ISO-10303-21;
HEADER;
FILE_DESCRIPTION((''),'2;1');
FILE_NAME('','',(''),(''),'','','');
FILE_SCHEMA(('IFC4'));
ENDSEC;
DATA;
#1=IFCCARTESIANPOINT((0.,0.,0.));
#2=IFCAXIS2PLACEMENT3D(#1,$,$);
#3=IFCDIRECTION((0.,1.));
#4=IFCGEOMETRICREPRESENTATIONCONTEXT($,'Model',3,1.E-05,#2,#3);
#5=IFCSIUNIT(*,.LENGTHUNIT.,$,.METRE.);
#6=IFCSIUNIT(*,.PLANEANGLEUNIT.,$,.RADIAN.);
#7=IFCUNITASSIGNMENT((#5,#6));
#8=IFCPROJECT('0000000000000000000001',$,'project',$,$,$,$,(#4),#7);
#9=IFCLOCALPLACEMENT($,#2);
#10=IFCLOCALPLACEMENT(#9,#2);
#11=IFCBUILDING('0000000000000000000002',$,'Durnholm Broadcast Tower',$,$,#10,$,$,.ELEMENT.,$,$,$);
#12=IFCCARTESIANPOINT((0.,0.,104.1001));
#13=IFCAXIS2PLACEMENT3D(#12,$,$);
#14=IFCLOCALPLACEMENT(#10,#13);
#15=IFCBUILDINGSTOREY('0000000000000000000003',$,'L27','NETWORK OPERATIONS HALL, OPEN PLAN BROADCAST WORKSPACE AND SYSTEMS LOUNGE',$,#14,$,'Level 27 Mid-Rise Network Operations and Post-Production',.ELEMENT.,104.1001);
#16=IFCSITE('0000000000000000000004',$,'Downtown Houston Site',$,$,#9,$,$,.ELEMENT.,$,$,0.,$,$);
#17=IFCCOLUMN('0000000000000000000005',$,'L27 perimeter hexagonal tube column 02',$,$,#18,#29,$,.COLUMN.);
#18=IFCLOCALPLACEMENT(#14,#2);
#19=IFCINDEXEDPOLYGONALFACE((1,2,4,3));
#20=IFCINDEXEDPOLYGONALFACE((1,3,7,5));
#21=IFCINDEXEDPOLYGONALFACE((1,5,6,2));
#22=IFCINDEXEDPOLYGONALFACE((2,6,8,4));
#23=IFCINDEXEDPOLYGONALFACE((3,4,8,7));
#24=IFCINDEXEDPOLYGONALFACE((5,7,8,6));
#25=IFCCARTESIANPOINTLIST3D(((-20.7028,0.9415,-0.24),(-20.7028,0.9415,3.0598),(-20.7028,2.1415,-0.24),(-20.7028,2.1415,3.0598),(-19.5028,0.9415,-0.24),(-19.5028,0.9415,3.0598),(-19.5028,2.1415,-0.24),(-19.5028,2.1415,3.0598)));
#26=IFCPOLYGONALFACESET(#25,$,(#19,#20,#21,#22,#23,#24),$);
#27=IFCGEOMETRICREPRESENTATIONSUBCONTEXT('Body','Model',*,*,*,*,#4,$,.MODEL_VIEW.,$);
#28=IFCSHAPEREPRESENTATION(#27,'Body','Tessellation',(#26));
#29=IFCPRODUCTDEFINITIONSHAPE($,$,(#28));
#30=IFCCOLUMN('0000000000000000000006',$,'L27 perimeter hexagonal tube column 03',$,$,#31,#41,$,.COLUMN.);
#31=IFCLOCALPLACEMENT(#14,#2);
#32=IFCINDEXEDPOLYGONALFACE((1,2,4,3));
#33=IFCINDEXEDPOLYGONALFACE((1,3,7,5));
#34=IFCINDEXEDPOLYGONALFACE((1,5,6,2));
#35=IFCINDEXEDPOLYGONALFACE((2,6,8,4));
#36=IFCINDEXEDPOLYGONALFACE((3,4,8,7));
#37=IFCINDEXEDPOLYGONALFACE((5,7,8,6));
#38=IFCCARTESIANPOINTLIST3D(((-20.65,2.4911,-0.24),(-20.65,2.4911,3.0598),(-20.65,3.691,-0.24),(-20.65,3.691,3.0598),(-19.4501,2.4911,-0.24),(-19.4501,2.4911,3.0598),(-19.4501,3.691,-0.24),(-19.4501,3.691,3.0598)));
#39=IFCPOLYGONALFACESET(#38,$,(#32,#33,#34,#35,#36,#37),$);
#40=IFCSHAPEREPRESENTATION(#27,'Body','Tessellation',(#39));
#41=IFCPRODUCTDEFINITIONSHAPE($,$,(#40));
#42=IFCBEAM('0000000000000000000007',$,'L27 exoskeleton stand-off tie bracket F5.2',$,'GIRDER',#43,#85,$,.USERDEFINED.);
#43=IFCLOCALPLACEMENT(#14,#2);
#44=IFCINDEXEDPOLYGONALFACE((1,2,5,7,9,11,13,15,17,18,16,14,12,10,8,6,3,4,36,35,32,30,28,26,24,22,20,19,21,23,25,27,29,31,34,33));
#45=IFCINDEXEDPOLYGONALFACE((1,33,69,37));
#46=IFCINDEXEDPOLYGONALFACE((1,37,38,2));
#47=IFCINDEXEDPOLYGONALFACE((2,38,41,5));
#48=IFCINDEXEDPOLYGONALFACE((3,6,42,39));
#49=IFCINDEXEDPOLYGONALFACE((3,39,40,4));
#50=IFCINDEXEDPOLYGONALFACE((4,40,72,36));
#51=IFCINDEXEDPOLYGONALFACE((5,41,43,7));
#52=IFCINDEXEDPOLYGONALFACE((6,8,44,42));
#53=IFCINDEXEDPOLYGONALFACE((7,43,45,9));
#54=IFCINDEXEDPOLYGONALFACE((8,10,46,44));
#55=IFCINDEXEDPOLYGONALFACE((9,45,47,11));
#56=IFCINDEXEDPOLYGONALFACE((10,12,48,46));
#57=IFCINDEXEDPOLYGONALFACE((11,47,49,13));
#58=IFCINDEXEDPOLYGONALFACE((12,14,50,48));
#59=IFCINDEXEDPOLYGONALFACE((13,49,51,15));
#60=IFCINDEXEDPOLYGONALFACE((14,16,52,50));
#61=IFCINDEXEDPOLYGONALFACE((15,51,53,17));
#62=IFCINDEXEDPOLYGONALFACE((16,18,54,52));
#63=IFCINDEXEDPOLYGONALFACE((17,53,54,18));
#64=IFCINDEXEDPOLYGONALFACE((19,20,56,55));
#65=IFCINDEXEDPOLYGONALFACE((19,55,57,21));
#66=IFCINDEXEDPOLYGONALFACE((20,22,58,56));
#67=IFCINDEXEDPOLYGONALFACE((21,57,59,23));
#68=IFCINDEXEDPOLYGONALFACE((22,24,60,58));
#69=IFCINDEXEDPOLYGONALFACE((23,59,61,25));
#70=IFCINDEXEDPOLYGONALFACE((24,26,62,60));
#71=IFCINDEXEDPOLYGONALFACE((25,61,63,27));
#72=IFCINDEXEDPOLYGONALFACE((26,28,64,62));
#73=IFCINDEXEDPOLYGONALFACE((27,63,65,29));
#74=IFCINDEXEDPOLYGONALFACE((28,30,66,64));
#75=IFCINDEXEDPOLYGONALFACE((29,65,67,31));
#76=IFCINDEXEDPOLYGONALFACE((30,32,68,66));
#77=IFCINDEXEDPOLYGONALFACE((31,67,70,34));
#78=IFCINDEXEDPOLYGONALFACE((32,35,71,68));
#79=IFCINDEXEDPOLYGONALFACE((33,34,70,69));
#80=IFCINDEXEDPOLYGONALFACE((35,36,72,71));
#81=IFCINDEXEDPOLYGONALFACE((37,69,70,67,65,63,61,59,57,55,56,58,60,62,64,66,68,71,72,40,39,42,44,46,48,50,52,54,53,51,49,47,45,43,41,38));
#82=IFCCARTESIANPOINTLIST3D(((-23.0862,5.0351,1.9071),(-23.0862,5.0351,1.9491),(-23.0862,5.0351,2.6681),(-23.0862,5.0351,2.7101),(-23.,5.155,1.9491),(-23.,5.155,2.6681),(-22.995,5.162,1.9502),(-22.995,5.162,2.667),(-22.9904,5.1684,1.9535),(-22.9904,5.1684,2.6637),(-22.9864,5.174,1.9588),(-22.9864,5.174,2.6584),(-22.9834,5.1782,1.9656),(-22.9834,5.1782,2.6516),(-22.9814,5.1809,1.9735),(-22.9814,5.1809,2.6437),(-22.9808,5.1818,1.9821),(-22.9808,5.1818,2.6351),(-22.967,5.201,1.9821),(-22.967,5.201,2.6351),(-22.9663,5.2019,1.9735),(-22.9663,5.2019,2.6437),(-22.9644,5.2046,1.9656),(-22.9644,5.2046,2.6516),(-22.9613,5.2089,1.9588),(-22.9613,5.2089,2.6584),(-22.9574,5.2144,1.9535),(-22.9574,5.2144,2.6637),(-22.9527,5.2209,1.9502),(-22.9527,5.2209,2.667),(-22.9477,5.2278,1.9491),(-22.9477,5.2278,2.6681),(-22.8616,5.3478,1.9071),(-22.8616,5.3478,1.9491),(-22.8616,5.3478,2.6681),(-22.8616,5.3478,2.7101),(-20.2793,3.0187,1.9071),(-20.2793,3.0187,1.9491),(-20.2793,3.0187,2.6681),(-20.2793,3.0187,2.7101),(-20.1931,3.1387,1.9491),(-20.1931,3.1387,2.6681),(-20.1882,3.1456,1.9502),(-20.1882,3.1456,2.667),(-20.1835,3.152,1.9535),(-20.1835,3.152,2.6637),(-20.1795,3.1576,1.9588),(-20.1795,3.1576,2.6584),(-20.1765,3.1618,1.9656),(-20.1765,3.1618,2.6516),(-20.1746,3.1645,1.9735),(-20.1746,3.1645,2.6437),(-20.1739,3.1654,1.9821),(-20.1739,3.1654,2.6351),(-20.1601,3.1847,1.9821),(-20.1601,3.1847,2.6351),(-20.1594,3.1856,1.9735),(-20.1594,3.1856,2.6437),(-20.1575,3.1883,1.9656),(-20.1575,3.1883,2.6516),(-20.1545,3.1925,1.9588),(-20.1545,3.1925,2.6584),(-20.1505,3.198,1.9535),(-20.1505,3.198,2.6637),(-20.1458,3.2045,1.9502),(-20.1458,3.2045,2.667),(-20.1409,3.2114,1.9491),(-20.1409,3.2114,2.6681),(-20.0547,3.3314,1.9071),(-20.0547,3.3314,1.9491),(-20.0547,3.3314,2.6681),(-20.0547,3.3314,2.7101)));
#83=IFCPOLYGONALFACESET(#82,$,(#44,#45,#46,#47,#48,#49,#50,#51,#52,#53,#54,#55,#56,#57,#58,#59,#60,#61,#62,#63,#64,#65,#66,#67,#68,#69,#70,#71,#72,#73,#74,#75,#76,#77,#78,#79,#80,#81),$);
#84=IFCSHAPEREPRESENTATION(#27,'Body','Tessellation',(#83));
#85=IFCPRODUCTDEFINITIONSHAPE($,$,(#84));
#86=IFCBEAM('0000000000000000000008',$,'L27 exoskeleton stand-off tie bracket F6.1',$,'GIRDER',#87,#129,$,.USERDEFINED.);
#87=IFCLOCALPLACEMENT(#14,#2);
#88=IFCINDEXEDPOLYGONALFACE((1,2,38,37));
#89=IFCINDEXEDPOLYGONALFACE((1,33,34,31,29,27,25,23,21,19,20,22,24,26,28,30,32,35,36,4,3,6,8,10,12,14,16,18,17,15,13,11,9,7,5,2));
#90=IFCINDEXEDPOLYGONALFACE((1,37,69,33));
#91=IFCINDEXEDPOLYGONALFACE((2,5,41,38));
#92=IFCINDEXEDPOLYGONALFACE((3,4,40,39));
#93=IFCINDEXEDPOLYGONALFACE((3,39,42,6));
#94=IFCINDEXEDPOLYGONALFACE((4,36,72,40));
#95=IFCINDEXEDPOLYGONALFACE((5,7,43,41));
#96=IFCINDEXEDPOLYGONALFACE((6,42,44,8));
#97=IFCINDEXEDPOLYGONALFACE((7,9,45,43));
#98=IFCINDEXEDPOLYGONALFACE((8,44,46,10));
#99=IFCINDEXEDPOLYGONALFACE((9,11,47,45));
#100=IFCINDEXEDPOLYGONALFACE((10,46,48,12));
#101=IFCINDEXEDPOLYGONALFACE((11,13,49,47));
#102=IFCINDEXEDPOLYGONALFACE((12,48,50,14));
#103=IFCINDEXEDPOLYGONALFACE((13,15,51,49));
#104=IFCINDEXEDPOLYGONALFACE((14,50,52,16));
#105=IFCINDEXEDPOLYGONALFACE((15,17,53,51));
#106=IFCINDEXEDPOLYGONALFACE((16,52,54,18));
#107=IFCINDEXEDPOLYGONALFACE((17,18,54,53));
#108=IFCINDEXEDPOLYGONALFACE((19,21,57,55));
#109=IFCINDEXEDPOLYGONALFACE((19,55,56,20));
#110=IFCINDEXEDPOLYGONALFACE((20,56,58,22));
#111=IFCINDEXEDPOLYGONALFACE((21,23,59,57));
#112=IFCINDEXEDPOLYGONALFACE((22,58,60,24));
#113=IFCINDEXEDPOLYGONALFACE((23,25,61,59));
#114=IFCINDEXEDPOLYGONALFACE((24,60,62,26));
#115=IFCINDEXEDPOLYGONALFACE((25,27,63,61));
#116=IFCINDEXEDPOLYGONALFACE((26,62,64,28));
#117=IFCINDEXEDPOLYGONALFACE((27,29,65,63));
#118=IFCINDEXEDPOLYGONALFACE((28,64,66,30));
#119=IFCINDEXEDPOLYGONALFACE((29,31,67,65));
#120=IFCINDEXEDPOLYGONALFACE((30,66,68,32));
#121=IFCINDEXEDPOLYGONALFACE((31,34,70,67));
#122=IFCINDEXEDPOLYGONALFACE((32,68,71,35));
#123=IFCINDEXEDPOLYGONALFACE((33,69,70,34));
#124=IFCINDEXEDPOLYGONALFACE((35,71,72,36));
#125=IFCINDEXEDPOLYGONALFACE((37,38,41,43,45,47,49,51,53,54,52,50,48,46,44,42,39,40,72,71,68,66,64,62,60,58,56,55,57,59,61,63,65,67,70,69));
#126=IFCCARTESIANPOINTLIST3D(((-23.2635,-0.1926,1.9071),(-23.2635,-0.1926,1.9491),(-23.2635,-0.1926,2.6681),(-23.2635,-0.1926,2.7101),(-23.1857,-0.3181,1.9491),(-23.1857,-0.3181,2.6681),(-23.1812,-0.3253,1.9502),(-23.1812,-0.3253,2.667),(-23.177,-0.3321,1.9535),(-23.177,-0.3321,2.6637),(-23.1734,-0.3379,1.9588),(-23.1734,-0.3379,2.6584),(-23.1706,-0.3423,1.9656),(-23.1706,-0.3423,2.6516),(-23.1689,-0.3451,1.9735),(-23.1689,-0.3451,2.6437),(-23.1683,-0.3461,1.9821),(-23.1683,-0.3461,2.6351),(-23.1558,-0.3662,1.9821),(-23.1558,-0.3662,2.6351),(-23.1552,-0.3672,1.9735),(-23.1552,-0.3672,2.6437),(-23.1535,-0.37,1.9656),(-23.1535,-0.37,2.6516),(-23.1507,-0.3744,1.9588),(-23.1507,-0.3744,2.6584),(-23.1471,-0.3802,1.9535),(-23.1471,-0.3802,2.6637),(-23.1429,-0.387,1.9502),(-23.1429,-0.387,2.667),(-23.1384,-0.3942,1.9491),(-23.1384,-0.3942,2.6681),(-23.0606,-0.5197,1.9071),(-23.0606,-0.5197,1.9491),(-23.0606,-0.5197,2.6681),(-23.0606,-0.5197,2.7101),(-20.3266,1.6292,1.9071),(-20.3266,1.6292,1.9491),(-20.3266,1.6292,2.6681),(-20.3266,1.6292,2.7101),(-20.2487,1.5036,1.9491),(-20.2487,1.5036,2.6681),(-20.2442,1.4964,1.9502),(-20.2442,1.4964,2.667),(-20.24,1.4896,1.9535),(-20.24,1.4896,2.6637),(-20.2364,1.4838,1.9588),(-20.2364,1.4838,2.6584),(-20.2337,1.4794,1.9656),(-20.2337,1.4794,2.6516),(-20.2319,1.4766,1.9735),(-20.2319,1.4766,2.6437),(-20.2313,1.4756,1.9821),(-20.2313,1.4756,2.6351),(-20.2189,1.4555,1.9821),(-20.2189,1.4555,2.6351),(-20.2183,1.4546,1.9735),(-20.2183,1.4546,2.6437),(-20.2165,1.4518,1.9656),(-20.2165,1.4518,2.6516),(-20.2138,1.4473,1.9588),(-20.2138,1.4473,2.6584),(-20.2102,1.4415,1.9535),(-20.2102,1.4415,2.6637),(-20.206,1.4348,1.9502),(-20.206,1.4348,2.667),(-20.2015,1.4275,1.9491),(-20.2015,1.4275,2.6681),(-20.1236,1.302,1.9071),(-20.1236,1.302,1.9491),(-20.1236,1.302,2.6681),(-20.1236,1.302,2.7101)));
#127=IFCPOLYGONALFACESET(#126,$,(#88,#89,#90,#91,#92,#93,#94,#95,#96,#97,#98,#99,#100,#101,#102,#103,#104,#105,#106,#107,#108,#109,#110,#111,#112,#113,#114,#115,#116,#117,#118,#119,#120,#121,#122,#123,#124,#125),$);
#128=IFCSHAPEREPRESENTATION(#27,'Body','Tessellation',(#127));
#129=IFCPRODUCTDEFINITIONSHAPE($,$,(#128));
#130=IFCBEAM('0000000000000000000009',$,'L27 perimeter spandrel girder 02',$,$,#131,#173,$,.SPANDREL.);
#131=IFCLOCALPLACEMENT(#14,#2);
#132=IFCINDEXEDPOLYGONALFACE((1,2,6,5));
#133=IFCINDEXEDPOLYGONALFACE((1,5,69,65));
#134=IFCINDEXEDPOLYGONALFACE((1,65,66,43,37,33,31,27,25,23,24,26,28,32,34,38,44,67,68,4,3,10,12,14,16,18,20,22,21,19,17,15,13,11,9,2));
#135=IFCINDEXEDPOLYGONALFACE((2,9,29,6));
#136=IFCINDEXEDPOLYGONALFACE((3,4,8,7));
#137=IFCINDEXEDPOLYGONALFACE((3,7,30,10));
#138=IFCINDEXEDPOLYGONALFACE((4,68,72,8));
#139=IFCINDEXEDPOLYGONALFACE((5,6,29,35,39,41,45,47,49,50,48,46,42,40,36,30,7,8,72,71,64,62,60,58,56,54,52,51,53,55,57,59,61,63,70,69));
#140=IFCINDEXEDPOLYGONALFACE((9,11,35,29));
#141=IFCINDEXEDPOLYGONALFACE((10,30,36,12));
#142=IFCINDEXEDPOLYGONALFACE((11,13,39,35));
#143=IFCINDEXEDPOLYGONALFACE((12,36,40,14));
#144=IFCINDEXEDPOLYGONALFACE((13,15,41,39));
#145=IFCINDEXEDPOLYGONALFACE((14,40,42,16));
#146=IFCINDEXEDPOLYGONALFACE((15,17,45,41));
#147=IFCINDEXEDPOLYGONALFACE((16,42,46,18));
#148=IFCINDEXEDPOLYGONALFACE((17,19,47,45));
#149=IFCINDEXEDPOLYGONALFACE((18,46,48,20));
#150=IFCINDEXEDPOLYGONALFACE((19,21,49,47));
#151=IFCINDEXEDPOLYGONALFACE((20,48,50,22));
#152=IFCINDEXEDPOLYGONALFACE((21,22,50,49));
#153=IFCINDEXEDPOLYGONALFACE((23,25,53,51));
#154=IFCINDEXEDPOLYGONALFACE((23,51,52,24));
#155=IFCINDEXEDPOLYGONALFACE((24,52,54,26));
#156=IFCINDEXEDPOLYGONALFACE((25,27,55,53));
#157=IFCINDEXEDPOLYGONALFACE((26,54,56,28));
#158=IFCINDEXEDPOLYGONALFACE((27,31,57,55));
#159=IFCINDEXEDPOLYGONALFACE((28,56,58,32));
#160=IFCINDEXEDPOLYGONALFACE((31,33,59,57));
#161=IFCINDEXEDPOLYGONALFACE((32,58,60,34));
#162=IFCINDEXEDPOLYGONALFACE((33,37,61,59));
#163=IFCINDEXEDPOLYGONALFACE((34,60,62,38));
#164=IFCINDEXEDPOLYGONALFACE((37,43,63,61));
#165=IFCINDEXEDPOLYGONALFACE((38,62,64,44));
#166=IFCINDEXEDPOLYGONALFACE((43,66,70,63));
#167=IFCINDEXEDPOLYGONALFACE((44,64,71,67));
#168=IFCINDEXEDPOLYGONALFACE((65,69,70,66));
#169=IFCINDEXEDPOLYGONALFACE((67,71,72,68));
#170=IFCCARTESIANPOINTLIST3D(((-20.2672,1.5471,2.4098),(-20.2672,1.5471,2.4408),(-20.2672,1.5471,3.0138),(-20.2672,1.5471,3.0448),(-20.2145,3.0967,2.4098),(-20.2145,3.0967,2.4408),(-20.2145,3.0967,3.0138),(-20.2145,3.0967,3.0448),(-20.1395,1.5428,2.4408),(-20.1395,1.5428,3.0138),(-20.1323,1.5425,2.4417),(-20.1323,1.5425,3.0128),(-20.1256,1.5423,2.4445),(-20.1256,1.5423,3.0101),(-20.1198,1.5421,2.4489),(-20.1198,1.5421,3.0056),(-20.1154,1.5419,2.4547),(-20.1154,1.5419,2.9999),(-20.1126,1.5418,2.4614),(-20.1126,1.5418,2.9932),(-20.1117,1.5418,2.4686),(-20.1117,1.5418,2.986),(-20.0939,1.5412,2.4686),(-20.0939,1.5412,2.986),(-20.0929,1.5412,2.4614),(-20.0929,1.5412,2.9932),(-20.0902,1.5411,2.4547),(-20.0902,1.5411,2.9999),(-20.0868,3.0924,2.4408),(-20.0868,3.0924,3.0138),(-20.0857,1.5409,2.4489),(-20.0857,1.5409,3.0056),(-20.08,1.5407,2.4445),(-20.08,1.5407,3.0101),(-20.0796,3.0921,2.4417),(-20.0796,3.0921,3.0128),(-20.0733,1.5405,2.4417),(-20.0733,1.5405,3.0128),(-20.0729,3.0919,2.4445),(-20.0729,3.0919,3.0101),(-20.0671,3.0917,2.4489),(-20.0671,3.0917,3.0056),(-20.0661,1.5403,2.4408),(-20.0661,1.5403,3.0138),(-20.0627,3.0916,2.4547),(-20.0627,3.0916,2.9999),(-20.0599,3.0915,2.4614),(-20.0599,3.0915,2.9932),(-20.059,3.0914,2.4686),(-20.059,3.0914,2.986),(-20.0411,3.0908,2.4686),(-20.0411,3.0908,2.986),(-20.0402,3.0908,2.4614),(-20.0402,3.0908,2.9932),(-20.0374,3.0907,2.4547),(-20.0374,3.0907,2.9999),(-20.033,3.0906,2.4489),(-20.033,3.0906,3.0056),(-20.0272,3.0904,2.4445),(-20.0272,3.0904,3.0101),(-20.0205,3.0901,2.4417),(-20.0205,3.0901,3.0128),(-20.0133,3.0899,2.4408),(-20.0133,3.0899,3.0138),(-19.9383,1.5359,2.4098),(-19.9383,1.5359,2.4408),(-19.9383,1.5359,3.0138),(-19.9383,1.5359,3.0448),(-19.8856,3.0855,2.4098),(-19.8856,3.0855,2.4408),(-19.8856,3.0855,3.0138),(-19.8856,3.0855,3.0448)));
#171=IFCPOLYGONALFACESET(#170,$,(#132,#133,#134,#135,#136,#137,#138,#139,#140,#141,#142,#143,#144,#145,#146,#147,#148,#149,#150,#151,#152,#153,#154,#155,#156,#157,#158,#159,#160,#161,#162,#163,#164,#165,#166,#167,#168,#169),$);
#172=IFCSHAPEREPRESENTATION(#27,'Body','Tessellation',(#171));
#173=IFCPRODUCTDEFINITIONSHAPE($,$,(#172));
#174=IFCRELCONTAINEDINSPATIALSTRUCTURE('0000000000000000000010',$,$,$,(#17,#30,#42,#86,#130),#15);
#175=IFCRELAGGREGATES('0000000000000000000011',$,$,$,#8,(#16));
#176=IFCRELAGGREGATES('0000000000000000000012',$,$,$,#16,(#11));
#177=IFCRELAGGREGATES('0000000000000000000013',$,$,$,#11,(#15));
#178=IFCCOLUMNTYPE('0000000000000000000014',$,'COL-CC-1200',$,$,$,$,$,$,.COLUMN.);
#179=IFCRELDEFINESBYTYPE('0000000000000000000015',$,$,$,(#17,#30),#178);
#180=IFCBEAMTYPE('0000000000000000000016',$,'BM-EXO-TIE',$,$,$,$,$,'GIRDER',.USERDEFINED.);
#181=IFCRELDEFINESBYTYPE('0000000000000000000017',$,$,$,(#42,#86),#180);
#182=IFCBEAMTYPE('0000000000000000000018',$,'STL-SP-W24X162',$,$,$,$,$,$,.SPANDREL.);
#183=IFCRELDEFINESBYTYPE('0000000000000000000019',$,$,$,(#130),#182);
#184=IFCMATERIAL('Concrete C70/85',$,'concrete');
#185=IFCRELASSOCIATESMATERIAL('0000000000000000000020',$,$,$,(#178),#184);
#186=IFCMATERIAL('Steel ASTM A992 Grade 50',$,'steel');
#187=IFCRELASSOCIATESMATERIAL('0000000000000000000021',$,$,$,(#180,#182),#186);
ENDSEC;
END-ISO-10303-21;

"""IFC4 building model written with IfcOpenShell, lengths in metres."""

from ifc_helpers import new_model, si_unit, direction, frame, origin, origin_2d, place, context, subcontext, project, spatial, rectangle, i_section, extrude, source, transform, mapped, material, material_profile, profile_set, type_object, type_shapes, element, save


model = new_model("IFC4")

# Units and contexts
model_context = context("Model", 3, precision=1e-05, world=origin(), true_north=direction((0.0, 1.0)))
body_context = subcontext(model_context, "Body", "Model", "MODEL_VIEW")
ifc_project = project(units=[si_unit("LENGTHUNIT", "METRE"), si_unit("PLANEANGLEUNIT", "RADIAN")], contexts=[model_context])

# Site, building, storey
site_placement = place(None, origin())
site = spatial("IfcSite", under=ifc_project, at=site_placement, Name="Downtown Houston Site", CompositionType="ELEMENT", RefElevation=0.0)
building_placement = place(site_placement, origin())
building = spatial("IfcBuilding", under=site, at=building_placement, Name="Durnholm Broadcast Tower", CompositionType="ELEMENT")
storey_placement = place(building_placement, frame((0.0, 0.0, 104.1001)))
storey = spatial("IfcBuildingStorey", under=building, at=storey_placement, Name="L27", Description="NETWORK OPERATIONS HALL, OPEN PLAN BROADCAST WORKSPACE AND SYSTEMS LOUNGE", LongName="Level 27 Mid-Rise Network Operations and Post-Production", CompositionType="ELEMENT", Elevation=104.1001)

# Columns
ifc_material_1 = material(Name="Concrete C70/85", Category="concrete")
ifc_material_profile_1 = material_profile(ifc_material_1, rectangle(XDim=1.2, YDim=1.2, at=origin_2d()), Name="RC1200X1200")
ifc_profile_set_1 = profile_set([ifc_material_profile_1], Name="Concrete C70/85")
column_type = type_object("IfcColumnType", Name="COL-CC-1200", PredefinedType="COLUMN", material=ifc_profile_set_1)
shared_shape_1 = source(origin(), body_context, "Body", "SweptSolid", [
    extrude(rectangle(XDim=1.2, YDim=1.2, at=origin_2d()), origin(), (0.0, 0.0, 1.0), 3.2998),
])
type_shapes(column_type, [shared_shape_1])
for number, where, z_axis, x_axis, name in (
    (1, (-20.1028, 1.5415, -0.24), (0.0, 0.0, 1.0), (1.0, 0.0, 0.0), "L27 perimeter hexagonal tube column 02"),
    (2, (-20.05, 3.0911, -0.24), (0.0, 0.0, 1.0), (1.0, 0.0, 0.0), "L27 perimeter hexagonal tube column 03"),
):
    element("IfcColumn", number, at=place(storey_placement, frame(where, z_axis=z_axis, x_axis=x_axis)), inside=storey, type_object=column_type, Name=name, PredefinedType="COLUMN", context=body_context, shape_type="MappedRepresentation", body=[
        mapped(shared_shape_1, transform((0.0, 0.0, 0.0), x_axis=(1.0, 0.0, 0.0), y_axis=(0.0, 1.0, 0.0), z_axis=(0.0, 0.0, 1.0), scale=1.0)),
    ])

# Beams
ifc_material_2 = material(Name="Steel ASTM A992 Grade 50", Category="steel")
ifc_material_profile_2 = material_profile(ifc_material_2, i_section(OverallWidth=0.385, OverallDepth=0.803, WebThickness=0.0237, FlangeThickness=0.042, FilletRadius=0.033, at=origin_2d()), Name="W30X261")
ifc_profile_set_2 = profile_set([ifc_material_profile_2], Name="Steel ASTM A992 Grade 50")
beam_type_1 = type_object("IfcBeamType", Name="BM-EXO-TIE", ElementType="GIRDER", PredefinedType="USERDEFINED", material=ifc_profile_set_2)
shared_shape_2 = source(origin(), body_context, "Body", "SweptSolid", [
    extrude(i_section(OverallWidth=0.385, OverallDepth=0.803, WebThickness=0.0237, FlangeThickness=0.042, FilletRadius=0.033, at=origin_2d()), origin(), (0.0, 0.0, 1.0), 3.4561),
])
for number, where, z_axis, x_axis, name in (
    (3, (-20.167, 3.175, 2.3086), (-0.812165, 0.583428, 0.0), (-0.583428, -0.812165, 0.0), "L27 exoskeleton stand-off tie bracket F5.2"),
    (4, (-20.2251, 1.4656, 2.3086), (-0.849795, -0.527113, 0.0), (0.527113, -0.849795, 0.0), "L27 exoskeleton stand-off tie bracket F6.1"),
):
    element("IfcBeam", number, at=place(storey_placement, frame(where, z_axis=z_axis, x_axis=x_axis)), inside=storey, type_object=beam_type_1, Name=name, ObjectType="GIRDER", PredefinedType="USERDEFINED", context=body_context, shape_type="MappedRepresentation", body=[
        mapped(shared_shape_2, transform((0.0, 0.0, 0.0), x_axis=(1.0, 0.0, 0.0), y_axis=(0.0, 1.0, 0.0), z_axis=(0.0, 0.0, 1.0), scale=1.0)),
    ])
ifc_material_profile_3 = material_profile(ifc_material_2, i_section(OverallWidth=0.3291, OverallDepth=0.635, WebThickness=0.0178, FlangeThickness=0.031, FilletRadius=0.0278, at=origin_2d()), Name="W24X162")
ifc_profile_set_3 = profile_set([ifc_material_profile_3], Name="Steel ASTM A992 Grade 50")
beam_type_2 = type_object("IfcBeamType", Name="STL-SP-W24X162", PredefinedType="SPANDREL", material=ifc_profile_set_3)
shared_shape_3 = source(origin(), body_context, "Body", "SweptSolid", [
    extrude(i_section(OverallWidth=0.3291, OverallDepth=0.635, WebThickness=0.0178, FlangeThickness=0.031, FilletRadius=0.0278, at=origin_2d()), origin(), (0.0, 0.0, 1.0), 1.5505),
])
beam_1_placement = place(storey_placement, frame((-20.1028, 1.5415, 2.7273), z_axis=(0.034012, 0.999421, 0.0), x_axis=(-0.999421, 0.034012, 0.0)))
element("IfcBeam", 5, at=beam_1_placement, inside=storey, type_object=beam_type_2, Name="L27 perimeter spandrel girder 02", PredefinedType="SPANDREL", context=body_context, shape_type="MappedRepresentation", body=[
    mapped(shared_shape_3, transform((0.0, 0.0, 0.0), x_axis=(1.0, 0.0, 0.0), y_axis=(0.0, 1.0, 0.0), z_axis=(0.0, 0.0, 1.0), scale=1.0)),
])

save(model, "model.ifc")
